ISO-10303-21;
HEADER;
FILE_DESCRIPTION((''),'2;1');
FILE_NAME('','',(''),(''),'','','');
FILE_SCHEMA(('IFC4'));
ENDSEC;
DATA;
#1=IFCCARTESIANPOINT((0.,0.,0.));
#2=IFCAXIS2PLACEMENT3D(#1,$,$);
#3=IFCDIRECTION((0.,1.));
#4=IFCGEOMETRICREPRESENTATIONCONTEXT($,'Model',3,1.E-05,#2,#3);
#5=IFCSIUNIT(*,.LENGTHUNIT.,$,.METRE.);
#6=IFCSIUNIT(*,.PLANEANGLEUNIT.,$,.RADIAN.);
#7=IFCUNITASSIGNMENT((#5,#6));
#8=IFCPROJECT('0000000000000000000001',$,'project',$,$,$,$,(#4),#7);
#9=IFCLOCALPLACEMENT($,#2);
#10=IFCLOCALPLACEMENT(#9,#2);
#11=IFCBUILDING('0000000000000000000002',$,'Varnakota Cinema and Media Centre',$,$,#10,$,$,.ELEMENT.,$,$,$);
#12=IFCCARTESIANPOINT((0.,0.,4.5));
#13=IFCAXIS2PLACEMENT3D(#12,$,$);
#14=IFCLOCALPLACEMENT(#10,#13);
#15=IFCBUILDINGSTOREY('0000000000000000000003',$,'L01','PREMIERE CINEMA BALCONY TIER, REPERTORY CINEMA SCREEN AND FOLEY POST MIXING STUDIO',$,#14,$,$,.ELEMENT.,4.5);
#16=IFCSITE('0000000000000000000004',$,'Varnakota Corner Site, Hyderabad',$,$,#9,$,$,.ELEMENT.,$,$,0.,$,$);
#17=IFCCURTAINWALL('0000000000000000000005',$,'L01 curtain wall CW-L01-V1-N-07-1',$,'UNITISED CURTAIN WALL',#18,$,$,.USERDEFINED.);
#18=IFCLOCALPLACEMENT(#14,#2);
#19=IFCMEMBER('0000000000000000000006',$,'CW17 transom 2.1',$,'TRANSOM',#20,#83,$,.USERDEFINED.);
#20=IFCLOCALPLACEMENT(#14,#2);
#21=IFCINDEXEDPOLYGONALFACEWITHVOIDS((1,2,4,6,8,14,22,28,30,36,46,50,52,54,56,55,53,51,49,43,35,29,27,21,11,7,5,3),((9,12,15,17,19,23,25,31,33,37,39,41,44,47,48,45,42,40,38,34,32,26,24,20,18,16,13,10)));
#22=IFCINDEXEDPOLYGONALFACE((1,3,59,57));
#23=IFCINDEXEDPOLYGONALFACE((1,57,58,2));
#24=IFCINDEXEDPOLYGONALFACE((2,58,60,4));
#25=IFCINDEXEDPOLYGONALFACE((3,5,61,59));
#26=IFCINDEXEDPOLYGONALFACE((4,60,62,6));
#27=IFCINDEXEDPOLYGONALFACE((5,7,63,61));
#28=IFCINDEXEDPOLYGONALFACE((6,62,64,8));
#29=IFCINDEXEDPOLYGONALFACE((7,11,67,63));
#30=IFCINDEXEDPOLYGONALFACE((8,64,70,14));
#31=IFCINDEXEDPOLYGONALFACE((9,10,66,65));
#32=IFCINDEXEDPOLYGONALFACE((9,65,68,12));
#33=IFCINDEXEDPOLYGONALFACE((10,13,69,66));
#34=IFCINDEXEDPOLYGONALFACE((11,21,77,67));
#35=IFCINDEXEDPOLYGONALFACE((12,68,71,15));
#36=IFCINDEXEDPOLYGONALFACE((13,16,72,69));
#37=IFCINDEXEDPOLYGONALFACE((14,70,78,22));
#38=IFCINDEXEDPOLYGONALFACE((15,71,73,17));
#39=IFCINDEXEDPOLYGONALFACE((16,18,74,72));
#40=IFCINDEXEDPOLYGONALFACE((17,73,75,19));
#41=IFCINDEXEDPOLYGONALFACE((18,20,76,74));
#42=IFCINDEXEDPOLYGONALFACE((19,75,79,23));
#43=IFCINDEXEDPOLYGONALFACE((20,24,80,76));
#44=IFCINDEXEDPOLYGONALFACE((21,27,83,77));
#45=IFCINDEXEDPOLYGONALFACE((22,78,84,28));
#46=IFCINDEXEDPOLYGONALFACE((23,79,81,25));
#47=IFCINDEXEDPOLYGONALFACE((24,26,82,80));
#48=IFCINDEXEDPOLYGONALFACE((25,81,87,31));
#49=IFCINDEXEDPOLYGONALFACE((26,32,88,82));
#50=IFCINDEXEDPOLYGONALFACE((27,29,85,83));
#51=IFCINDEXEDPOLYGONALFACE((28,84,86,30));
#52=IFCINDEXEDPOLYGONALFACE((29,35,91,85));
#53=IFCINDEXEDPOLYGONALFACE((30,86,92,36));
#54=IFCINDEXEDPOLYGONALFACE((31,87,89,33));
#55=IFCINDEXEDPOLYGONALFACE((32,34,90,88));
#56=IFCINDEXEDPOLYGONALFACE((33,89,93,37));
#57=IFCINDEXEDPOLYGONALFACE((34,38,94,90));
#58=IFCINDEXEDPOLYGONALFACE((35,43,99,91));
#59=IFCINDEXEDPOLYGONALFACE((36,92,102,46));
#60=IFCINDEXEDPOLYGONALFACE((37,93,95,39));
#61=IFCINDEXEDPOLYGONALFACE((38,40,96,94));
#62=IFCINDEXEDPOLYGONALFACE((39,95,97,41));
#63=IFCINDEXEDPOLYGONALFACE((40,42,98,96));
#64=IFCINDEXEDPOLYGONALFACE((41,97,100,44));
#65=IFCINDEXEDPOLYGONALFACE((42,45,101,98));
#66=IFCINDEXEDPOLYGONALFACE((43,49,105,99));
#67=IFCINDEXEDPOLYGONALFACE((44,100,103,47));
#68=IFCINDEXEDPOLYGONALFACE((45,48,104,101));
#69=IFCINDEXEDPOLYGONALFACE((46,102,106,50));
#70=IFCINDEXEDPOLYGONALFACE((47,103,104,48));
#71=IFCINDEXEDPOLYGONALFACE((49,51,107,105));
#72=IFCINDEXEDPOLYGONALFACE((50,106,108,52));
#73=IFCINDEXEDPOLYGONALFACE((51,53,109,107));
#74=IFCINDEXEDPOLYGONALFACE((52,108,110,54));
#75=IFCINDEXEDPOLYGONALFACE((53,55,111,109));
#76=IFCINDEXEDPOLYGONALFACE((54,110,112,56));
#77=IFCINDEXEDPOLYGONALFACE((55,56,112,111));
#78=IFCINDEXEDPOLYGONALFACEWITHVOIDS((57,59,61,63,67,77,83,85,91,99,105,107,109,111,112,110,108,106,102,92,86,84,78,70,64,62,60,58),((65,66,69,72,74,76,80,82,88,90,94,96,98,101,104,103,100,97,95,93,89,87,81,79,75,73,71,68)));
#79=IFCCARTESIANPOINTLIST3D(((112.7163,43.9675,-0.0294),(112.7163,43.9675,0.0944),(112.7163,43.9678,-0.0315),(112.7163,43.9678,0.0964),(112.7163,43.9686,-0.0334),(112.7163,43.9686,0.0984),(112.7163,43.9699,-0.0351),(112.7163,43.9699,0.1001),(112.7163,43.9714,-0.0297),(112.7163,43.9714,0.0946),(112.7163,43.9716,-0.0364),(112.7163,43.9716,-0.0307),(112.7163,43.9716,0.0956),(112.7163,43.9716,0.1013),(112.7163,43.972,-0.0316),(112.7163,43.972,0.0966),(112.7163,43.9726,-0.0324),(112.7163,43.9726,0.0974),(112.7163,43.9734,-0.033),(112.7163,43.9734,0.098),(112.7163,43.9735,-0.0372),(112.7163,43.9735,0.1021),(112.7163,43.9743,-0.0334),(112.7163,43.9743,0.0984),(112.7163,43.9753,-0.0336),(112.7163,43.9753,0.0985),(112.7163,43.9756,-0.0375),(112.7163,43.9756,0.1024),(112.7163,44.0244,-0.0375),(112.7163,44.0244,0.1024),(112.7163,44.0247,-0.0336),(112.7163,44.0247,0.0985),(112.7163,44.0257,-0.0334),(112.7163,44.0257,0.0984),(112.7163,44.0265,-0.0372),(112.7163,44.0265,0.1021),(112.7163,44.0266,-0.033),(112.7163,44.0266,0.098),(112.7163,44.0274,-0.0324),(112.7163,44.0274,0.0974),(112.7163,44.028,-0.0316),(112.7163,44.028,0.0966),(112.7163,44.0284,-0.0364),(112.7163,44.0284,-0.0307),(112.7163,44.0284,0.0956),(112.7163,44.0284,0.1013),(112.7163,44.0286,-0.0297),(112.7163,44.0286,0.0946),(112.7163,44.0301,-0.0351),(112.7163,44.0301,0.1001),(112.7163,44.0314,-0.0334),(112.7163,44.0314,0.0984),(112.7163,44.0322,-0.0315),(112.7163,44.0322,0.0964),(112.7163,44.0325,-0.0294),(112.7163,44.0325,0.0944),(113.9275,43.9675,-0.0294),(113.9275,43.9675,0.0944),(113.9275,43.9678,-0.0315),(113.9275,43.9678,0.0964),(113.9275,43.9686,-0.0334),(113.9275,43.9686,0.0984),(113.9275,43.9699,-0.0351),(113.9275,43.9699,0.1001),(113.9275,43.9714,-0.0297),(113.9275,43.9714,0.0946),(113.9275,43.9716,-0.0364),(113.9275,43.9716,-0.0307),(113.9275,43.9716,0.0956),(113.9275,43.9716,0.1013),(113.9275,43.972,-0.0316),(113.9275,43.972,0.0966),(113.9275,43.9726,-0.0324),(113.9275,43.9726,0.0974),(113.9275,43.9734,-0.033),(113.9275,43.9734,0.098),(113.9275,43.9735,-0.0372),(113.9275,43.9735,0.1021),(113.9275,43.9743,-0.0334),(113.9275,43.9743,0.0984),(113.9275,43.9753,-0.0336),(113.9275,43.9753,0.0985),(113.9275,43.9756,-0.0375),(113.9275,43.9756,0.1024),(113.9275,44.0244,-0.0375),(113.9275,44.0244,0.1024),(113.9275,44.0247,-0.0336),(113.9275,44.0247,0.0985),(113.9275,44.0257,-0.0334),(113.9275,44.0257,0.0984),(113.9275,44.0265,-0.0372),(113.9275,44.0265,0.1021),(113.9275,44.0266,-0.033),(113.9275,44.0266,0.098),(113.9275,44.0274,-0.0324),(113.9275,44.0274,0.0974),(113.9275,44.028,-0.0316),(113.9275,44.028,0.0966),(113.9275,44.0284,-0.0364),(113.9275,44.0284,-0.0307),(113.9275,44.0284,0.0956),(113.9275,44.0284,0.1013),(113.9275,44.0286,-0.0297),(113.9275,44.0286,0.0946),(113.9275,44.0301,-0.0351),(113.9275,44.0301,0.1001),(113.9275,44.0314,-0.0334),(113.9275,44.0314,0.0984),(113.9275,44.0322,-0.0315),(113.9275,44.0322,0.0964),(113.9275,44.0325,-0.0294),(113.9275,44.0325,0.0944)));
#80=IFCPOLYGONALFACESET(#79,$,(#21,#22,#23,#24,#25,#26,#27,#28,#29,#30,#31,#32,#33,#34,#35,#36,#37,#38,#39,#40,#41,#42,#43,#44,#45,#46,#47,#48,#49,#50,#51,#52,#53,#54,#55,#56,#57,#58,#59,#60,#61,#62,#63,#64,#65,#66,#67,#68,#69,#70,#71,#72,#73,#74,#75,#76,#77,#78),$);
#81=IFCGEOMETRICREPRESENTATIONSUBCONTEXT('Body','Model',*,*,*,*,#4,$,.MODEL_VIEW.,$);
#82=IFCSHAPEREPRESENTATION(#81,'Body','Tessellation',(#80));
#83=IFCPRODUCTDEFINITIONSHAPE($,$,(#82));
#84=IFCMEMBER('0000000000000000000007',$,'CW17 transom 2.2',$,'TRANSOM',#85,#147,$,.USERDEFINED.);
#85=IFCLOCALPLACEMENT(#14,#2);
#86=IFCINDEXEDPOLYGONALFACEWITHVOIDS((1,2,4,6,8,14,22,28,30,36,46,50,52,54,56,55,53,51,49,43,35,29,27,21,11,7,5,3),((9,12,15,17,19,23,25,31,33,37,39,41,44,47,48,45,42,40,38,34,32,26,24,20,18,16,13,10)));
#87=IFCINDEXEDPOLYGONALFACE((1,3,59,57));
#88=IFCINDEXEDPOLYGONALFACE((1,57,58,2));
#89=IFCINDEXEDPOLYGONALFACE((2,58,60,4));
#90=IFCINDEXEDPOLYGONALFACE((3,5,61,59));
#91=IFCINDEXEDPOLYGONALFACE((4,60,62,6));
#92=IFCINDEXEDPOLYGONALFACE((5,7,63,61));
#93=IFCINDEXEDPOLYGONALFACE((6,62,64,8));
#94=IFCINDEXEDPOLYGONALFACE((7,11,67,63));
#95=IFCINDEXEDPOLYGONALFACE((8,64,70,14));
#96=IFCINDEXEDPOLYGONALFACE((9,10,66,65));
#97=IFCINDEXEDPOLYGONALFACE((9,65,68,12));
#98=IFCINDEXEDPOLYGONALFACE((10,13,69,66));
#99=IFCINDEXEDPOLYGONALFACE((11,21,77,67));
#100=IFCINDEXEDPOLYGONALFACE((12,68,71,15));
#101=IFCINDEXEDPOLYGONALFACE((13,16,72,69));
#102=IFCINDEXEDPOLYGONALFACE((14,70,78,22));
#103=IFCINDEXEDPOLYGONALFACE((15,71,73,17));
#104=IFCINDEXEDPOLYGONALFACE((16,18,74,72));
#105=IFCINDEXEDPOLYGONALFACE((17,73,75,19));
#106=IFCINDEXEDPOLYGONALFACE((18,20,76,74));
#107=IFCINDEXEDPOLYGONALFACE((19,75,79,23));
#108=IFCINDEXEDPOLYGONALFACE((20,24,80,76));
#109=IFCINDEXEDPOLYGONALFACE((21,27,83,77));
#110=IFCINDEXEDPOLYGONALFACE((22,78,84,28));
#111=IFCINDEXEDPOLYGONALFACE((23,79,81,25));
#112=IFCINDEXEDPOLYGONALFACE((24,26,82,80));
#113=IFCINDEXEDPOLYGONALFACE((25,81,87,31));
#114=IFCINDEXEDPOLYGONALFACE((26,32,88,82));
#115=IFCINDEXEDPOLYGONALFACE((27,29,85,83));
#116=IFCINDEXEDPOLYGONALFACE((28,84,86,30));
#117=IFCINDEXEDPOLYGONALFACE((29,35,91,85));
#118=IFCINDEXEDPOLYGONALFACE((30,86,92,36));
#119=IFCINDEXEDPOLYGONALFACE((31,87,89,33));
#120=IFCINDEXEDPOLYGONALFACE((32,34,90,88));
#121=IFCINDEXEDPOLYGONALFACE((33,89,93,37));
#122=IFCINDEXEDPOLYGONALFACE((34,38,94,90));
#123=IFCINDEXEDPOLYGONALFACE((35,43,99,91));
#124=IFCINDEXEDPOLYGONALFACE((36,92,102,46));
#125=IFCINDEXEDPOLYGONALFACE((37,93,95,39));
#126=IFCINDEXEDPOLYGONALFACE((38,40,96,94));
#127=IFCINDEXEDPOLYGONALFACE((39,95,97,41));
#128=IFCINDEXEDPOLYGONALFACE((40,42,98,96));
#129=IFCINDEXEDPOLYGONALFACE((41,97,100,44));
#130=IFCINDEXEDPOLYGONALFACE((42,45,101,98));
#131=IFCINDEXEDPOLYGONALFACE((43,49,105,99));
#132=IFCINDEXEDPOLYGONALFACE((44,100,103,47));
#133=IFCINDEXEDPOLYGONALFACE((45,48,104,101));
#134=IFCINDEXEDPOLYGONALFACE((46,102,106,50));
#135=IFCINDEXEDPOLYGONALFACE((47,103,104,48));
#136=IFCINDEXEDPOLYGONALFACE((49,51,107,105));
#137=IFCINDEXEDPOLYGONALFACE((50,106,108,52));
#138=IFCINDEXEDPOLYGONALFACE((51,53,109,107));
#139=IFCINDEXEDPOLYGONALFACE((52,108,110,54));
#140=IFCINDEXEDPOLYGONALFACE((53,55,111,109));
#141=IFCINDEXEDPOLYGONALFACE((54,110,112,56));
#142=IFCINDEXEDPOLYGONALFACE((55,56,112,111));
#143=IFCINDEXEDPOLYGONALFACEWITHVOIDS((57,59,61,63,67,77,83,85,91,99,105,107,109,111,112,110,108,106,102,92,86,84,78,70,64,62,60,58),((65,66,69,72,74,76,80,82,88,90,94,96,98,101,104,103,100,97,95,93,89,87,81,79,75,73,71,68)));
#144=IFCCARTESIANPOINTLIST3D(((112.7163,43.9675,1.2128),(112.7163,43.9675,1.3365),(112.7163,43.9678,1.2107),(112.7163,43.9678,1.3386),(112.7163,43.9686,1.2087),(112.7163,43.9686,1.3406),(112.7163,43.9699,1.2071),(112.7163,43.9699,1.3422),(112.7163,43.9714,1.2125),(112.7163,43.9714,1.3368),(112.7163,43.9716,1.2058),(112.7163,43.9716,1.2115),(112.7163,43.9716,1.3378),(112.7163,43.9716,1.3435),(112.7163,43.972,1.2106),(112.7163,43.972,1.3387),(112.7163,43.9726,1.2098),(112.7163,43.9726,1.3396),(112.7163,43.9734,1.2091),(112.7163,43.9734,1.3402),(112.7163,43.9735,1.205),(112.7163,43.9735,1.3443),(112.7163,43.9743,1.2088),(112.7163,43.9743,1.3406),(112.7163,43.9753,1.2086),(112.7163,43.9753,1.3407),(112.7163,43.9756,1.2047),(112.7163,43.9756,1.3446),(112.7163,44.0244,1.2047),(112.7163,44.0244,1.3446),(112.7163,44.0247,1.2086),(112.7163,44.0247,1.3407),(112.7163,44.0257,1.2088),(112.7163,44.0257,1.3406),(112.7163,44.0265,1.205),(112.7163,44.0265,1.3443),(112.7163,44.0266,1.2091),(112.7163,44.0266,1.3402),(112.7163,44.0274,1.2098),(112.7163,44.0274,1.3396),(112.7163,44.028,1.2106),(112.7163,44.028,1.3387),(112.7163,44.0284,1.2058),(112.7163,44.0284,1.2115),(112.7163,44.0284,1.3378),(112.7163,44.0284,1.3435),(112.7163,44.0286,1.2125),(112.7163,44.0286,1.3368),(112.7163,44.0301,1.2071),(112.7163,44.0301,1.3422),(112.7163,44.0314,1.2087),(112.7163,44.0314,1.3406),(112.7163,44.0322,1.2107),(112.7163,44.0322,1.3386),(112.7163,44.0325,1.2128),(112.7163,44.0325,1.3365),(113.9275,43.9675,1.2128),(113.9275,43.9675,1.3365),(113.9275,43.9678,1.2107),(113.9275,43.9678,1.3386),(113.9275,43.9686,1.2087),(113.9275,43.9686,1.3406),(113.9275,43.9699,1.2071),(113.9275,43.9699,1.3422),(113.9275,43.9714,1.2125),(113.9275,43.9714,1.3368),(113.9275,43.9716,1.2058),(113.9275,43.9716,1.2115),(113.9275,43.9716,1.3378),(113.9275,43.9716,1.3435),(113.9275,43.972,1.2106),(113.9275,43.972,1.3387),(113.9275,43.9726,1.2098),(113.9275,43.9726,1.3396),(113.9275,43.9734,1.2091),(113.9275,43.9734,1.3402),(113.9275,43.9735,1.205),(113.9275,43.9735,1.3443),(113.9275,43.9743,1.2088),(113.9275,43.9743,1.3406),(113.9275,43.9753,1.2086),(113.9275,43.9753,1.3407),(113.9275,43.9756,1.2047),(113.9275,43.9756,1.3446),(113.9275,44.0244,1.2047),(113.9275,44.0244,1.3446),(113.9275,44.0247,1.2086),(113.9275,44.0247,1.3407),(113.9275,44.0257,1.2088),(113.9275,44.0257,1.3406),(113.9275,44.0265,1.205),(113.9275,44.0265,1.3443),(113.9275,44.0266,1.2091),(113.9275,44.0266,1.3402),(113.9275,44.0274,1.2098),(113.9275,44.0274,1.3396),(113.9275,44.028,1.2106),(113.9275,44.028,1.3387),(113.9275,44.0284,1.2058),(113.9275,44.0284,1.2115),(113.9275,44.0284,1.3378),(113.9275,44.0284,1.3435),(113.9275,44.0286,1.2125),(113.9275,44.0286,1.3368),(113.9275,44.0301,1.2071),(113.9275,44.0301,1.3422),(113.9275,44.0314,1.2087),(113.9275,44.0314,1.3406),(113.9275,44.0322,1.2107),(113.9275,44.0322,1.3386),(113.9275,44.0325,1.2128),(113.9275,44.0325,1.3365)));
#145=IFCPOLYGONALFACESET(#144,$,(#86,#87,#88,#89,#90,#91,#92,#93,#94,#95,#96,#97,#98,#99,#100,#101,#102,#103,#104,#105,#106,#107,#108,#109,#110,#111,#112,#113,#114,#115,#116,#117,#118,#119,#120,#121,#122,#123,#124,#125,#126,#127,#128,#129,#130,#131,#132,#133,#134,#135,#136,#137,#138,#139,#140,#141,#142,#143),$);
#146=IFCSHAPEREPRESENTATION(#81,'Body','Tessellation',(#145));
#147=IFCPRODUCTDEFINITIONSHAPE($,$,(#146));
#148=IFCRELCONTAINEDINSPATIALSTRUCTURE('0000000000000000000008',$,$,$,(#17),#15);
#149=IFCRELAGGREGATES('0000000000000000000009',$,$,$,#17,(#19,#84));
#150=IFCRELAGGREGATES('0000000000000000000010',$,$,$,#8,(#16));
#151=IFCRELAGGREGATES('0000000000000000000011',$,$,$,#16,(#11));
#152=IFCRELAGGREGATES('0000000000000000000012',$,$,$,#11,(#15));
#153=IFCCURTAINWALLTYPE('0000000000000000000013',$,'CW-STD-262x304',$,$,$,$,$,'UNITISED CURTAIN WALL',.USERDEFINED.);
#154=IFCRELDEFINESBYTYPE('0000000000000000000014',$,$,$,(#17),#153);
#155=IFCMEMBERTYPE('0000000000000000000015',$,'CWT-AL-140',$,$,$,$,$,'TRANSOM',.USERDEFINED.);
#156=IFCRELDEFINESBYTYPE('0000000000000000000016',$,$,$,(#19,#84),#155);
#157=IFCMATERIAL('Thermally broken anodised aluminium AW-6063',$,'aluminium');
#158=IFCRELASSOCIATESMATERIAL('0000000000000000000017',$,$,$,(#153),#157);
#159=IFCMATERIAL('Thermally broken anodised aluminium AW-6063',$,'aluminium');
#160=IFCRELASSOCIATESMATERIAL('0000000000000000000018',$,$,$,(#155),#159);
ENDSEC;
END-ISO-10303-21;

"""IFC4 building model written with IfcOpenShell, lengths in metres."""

from ifc_helpers import new_model, si_unit, direction, frame, origin, origin_2d, place, context, subcontext, project, spatial, hollow_rectangle, extrude, material, material_profile, profile_set, type_object, element, aggregate, save


model = new_model("IFC4")

# Units and contexts
model_context = context("Model", 3, precision=1e-05, world=origin(), true_north=direction((0.0, 1.0)))
body_context = subcontext(model_context, "Body", "Model", "MODEL_VIEW")
ifc_project = project(units=[si_unit("LENGTHUNIT", "METRE"), si_unit("PLANEANGLEUNIT", "RADIAN")], contexts=[model_context])

# Site, building, storey
site_placement = place(None, origin())
site = spatial("IfcSite", under=ifc_project, at=site_placement, Name="Varnakota Corner Site, Hyderabad", CompositionType="ELEMENT", RefElevation=0.0)
building_placement = place(site_placement, origin())
building = spatial("IfcBuilding", under=site, at=building_placement, Name="Varnakota Cinema and Media Centre", CompositionType="ELEMENT")
storey_placement = place(building_placement, frame((0.0, 0.0, 4.5)))
storey = spatial("IfcBuildingStorey", under=building, at=storey_placement, Name="L01", Description="PREMIERE CINEMA BALCONY TIER, REPERTORY CINEMA SCREEN AND FOLEY POST MIXING STUDIO", CompositionType="ELEMENT", Elevation=4.5)

# Shared definitions
ifc_material_1 = material(Name="Thermally broken anodised aluminium AW-6063", Category="aluminium")
curtain_wall_type = type_object("IfcCurtainWallType", Name="CW-STD-262x304", ElementType="UNITISED CURTAIN WALL", PredefinedType="USERDEFINED", material=ifc_material_1)

# Curtain wall
curtain_wall_1_placement = place(storey_placement, origin())
curtain_wall_1 = element("IfcCurtainWall", 1, at=curtain_wall_1_placement, inside=storey, type_object=curtain_wall_type, Name="L01 curtain wall CW-L01-V1-N-07-1", ObjectType="UNITISED CURTAIN WALL", PredefinedType="USERDEFINED")

# Members
ifc_material_2 = material(Name="Thermally broken anodised aluminium AW-6063", Category="aluminium")
ifc_material_profile_1 = material_profile(ifc_material_2, hollow_rectangle(XDim=0.0649, YDim=0.1399, WallThickness=0.0039, InnerFilletRadius=0.0039, OuterFilletRadius=0.0081, at=origin_2d()), Name="AL-TRANSOM 140x65x4")
ifc_profile_set_1 = profile_set([ifc_material_profile_1], Name="Thermally broken anodised aluminium AW-6063")
member_type_1 = type_object("IfcMemberType", Name="CWT-AL-140", ElementType="TRANSOM", PredefinedType="USERDEFINED", material=ifc_profile_set_1)
member_1_placement = place(storey_placement, frame((112.7163, 44.0, 0.0325), z_axis=(1.0, 0.0, 0.0), x_axis=(0.0, 1.0, 0.0)))
member_1 = element("IfcMember", 2, at=member_1_placement, type_object=member_type_1, Name="CW17 transom 2.1", ObjectType="TRANSOM", PredefinedType="USERDEFINED", context=body_context, shape_type="SweptSolid", body=[
    extrude(hollow_rectangle(XDim=0.0649, YDim=0.1399, WallThickness=0.0039, InnerFilletRadius=0.0039, OuterFilletRadius=0.0081, at=origin_2d()), origin(), (0.0, 0.0, 1.0), 1.2112),
])
member_2_placement = place(storey_placement, frame((112.7163, 44.0, 1.2747), z_axis=(1.0, 0.0, 0.0), x_axis=(0.0, 1.0, 0.0)))
member_2 = element("IfcMember", 3, at=member_2_placement, type_object=member_type_1, Name="CW17 transom 2.2", ObjectType="TRANSOM", PredefinedType="USERDEFINED", context=body_context, shape_type="SweptSolid", body=[
    extrude(hollow_rectangle(XDim=0.0649, YDim=0.1399, WallThickness=0.0039, InnerFilletRadius=0.0039, OuterFilletRadius=0.0081, at=origin_2d()), origin(), (0.0, 0.0, 1.0), 1.2112),
])

aggregate(curtain_wall_1, [member_1, member_2])

save(model, "model.ifc")
